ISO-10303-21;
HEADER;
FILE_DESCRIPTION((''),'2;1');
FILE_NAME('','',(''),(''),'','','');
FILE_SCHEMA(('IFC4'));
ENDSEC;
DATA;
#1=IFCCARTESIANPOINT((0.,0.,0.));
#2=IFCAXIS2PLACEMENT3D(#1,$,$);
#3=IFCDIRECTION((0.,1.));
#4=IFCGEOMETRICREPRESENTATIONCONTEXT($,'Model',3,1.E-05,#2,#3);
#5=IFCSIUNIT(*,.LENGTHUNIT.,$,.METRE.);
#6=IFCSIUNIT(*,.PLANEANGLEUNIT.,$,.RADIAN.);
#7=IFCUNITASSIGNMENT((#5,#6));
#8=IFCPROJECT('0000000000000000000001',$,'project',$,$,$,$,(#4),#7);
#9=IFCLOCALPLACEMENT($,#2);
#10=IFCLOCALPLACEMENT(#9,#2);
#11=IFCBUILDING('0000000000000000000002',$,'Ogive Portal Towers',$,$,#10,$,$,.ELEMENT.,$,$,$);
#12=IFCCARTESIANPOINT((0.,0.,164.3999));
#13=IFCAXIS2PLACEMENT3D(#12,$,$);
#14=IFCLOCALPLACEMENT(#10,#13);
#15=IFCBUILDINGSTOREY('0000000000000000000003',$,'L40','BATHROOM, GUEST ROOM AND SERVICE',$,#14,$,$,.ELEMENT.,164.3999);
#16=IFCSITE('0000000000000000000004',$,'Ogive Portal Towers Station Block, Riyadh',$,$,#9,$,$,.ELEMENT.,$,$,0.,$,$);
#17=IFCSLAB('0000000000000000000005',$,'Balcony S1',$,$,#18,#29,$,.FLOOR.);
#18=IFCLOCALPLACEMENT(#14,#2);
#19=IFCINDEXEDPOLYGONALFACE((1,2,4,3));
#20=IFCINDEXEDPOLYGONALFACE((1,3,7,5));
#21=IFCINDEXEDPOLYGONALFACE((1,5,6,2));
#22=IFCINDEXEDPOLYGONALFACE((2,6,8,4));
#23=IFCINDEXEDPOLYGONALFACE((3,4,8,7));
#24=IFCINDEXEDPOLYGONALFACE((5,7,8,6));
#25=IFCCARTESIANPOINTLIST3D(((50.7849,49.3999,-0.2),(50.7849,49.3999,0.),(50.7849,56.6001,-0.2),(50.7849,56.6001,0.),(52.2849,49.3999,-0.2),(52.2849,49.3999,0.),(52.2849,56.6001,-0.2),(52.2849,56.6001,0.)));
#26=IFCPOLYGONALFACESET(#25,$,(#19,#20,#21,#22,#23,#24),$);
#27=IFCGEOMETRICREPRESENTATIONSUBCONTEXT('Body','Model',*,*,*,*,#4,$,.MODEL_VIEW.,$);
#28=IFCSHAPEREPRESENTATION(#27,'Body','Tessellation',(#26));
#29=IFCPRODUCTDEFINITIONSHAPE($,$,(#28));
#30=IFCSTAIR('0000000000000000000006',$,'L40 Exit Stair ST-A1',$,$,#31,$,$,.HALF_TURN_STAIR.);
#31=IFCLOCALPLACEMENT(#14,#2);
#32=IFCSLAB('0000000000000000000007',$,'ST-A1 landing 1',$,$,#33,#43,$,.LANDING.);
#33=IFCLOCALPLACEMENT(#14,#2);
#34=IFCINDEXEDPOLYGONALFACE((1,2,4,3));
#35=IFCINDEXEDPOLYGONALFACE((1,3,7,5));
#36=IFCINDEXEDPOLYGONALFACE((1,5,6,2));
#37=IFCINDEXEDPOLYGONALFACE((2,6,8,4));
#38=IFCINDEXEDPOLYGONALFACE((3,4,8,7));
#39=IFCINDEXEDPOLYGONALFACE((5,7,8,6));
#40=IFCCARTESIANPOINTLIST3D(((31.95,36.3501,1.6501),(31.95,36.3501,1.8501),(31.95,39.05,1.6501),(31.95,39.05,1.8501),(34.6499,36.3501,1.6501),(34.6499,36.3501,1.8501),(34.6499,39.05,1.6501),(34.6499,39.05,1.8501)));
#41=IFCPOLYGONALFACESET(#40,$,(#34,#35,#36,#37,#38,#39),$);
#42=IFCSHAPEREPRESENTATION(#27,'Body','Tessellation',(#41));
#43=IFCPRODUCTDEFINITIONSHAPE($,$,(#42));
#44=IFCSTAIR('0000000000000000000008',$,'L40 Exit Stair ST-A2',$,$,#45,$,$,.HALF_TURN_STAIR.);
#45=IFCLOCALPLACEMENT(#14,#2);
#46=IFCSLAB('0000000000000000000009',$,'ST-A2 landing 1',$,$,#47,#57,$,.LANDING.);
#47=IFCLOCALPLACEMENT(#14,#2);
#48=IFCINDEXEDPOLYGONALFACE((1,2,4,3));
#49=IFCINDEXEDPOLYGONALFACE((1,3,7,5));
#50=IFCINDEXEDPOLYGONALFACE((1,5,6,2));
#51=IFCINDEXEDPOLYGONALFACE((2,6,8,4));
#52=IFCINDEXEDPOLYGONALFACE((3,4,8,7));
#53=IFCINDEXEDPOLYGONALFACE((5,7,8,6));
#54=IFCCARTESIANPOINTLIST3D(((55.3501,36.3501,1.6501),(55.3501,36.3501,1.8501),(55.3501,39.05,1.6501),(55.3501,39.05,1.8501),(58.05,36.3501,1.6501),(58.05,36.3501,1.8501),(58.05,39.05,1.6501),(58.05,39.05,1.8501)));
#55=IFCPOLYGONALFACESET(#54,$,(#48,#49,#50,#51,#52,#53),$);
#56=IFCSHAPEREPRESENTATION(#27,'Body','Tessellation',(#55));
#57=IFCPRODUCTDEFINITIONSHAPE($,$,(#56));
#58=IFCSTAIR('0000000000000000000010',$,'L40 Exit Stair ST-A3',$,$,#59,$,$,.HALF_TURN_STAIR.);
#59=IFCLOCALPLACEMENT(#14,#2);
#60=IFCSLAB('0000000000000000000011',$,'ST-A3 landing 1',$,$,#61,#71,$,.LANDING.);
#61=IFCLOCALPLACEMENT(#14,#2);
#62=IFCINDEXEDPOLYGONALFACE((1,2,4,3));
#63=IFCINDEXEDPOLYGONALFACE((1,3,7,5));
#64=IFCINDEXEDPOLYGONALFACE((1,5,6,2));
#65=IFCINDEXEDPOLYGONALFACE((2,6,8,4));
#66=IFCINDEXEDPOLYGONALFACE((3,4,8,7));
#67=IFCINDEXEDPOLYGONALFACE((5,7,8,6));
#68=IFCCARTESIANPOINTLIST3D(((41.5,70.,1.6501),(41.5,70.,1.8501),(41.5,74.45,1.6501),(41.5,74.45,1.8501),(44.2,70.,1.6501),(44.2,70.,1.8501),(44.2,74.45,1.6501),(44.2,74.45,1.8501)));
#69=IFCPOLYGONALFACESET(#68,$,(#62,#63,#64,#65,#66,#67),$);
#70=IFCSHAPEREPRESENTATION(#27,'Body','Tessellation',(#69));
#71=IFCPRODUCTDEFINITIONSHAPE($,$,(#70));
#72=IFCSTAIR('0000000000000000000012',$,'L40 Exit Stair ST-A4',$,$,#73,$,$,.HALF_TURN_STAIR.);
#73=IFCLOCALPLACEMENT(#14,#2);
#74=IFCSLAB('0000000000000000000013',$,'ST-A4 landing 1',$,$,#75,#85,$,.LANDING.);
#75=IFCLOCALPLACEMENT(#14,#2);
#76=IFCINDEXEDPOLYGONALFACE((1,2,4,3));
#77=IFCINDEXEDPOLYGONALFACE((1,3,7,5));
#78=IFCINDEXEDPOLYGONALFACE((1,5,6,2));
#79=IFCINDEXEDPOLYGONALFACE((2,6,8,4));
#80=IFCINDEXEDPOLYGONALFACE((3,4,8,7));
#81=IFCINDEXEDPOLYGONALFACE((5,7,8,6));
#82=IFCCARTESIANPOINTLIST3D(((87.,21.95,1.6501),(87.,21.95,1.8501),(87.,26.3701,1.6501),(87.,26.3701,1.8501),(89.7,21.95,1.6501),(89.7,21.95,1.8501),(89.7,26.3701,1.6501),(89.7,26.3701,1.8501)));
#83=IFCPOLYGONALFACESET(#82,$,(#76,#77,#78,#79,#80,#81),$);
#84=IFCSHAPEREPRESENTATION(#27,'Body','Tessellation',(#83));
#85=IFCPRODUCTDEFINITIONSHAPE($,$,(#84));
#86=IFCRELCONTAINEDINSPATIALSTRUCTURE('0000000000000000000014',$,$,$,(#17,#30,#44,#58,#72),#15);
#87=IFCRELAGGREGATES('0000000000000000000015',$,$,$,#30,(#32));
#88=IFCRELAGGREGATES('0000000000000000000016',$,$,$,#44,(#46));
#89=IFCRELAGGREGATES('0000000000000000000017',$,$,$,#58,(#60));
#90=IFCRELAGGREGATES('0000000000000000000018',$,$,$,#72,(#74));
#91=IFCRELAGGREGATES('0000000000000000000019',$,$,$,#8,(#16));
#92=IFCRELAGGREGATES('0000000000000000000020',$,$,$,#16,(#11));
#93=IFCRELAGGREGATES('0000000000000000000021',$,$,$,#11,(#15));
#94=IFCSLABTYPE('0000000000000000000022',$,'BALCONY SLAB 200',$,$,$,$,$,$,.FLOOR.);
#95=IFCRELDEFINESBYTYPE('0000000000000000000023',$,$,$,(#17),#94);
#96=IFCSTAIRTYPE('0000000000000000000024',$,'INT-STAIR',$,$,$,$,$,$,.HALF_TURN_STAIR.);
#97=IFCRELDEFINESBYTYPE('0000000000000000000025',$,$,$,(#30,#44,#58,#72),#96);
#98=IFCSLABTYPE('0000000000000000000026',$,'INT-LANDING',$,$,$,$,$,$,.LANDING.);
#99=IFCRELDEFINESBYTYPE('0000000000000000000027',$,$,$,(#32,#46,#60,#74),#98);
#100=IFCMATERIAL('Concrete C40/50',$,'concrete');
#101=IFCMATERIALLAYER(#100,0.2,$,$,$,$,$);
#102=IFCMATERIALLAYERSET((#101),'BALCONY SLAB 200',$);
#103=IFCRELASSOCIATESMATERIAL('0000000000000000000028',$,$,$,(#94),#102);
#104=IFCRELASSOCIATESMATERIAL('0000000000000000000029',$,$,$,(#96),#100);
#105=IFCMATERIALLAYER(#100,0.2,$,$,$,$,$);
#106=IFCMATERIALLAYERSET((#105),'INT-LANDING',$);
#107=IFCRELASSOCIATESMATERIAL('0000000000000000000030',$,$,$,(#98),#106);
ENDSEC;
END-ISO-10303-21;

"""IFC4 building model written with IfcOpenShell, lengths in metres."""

from ifc_helpers import new_model, si_unit, direction, frame, origin, place, context, subcontext, project, spatial, polyline, outline, extrude, material, layer, layer_set, type_object, element, aggregate, save


model = new_model("IFC4")

# Units and contexts
model_context = context("Model", 3, precision=1e-05, world=origin(), true_north=direction((0.0, 1.0)))
body_context = subcontext(model_context, "Body", "Model", "MODEL_VIEW")
ifc_project = project(units=[si_unit("LENGTHUNIT", "METRE"), si_unit("PLANEANGLEUNIT", "RADIAN")], contexts=[model_context])

# Site, building, storey
site_placement = place(None, origin())
site = spatial("IfcSite", under=ifc_project, at=site_placement, Name="Ogive Portal Towers Station Block, Riyadh", CompositionType="ELEMENT", RefElevation=0.0)
building_placement = place(site_placement, origin())
building = spatial("IfcBuilding", under=site, at=building_placement, Name="Ogive Portal Towers", CompositionType="ELEMENT")
storey_placement = place(building_placement, frame((0.0, 0.0, 164.3999)))
storey = spatial("IfcBuildingStorey", under=building, at=storey_placement, Name="L40", Description="BATHROOM, GUEST ROOM AND SERVICE", CompositionType="ELEMENT", Elevation=164.3999)

# Slab
ifc_material_1 = material(Name="Concrete C40/50", Category="concrete")
ifc_layer_1 = layer(ifc_material_1, 0.2)
ifc_layer_set_1 = layer_set([ifc_layer_1], Name="BALCONY SLAB 200")
slab_type_1 = type_object("IfcSlabType", Name="BALCONY SLAB 200", PredefinedType="FLOOR", material=ifc_layer_set_1)
slab_1_placement = place(storey_placement, frame((0.0, 0.0, -0.2)))
element("IfcSlab", 1, at=slab_1_placement, inside=storey, type_object=slab_type_1, Name="Balcony S1", PredefinedType="FLOOR", context=body_context, shape_type="SweptSolid", body=[
    extrude(outline(polyline([(50.7849, 49.3999), (52.2849, 49.3999), (52.2849, 56.6001), (50.7849, 56.6001), (50.7849, 49.3999)])), origin(), (0.0, 0.0, 1.0), 0.2),
])

# Stairs, slabs
stair_type = type_object("IfcStairType", Name="INT-STAIR", PredefinedType="HALF_TURN_STAIR", material=ifc_material_1)
stair_1_placement = place(storey_placement, origin())
stair_1 = element("IfcStair", 2, at=stair_1_placement, inside=storey, type_object=stair_type, Name="L40 Exit Stair ST-A1", PredefinedType="HALF_TURN_STAIR")
ifc_layer_2 = layer(ifc_material_1, 0.2)
ifc_layer_set_2 = layer_set([ifc_layer_2], Name="INT-LANDING")
slab_type_2 = type_object("IfcSlabType", Name="INT-LANDING", PredefinedType="LANDING", material=ifc_layer_set_2)
slab_2_placement = place(storey_placement, frame((0.0, 0.0, 1.6501)))
slab_2 = element("IfcSlab", 3, at=slab_2_placement, type_object=slab_type_2, Name="ST-A1 landing 1", PredefinedType="LANDING", context=body_context, shape_type="SweptSolid", body=[
    extrude(outline(polyline([(34.6499, 39.05), (31.95, 39.05), (31.95, 36.3501), (34.6499, 36.3501), (34.6499, 39.05)])), origin(), (0.0, 0.0, 1.0), 0.2),
])
aggregate(stair_1, [slab_2])
stair_2_placement = place(storey_placement, origin())
stair_2 = element("IfcStair", 4, at=stair_2_placement, inside=storey, type_object=stair_type, Name="L40 Exit Stair ST-A2", PredefinedType="HALF_TURN_STAIR")
slab_3_placement = place(storey_placement, frame((0.0, 0.0, 1.6501)))
slab_3 = element("IfcSlab", 5, at=slab_3_placement, type_object=slab_type_2, Name="ST-A2 landing 1", PredefinedType="LANDING", context=body_context, shape_type="SweptSolid", body=[
    extrude(outline(polyline([(55.3501, 36.3501), (58.05, 36.3501), (58.05, 39.05), (55.3501, 39.05), (55.3501, 36.3501)])), origin(), (0.0, 0.0, 1.0), 0.2),
])
aggregate(stair_2, [slab_3])
stair_3_placement = place(storey_placement, origin())
stair_3 = element("IfcStair", 6, at=stair_3_placement, inside=storey, type_object=stair_type, Name="L40 Exit Stair ST-A3", PredefinedType="HALF_TURN_STAIR")
slab_4_placement = place(storey_placement, frame((0.0, 0.0, 1.6501)))
slab_4 = element("IfcSlab", 7, at=slab_4_placement, type_object=slab_type_2, Name="ST-A3 landing 1", PredefinedType="LANDING", context=body_context, shape_type="SweptSolid", body=[
    extrude(outline(polyline([(44.2, 70.0), (44.2, 74.45), (41.5, 74.45), (41.5, 70.0), (44.2, 70.0)])), origin(), (0.0, 0.0, 1.0), 0.2),
])
aggregate(stair_3, [slab_4])
stair_4_placement = place(storey_placement, origin())
stair_4 = element("IfcStair", 8, at=stair_4_placement, inside=storey, type_object=stair_type, Name="L40 Exit Stair ST-A4", PredefinedType="HALF_TURN_STAIR")
slab_5_placement = place(storey_placement, frame((0.0, 0.0, 1.6501)))
slab_5 = element("IfcSlab", 9, at=slab_5_placement, type_object=slab_type_2, Name="ST-A4 landing 1", PredefinedType="LANDING", context=body_context, shape_type="SweptSolid", body=[
    extrude(outline(polyline([(87.0, 26.3701), (87.0, 21.95), (89.7, 21.95), (89.7, 26.3701), (87.0, 26.3701)])), origin(), (0.0, 0.0, 1.0), 0.2),
])
aggregate(stair_4, [slab_5])

save(model, "model.ifc")
